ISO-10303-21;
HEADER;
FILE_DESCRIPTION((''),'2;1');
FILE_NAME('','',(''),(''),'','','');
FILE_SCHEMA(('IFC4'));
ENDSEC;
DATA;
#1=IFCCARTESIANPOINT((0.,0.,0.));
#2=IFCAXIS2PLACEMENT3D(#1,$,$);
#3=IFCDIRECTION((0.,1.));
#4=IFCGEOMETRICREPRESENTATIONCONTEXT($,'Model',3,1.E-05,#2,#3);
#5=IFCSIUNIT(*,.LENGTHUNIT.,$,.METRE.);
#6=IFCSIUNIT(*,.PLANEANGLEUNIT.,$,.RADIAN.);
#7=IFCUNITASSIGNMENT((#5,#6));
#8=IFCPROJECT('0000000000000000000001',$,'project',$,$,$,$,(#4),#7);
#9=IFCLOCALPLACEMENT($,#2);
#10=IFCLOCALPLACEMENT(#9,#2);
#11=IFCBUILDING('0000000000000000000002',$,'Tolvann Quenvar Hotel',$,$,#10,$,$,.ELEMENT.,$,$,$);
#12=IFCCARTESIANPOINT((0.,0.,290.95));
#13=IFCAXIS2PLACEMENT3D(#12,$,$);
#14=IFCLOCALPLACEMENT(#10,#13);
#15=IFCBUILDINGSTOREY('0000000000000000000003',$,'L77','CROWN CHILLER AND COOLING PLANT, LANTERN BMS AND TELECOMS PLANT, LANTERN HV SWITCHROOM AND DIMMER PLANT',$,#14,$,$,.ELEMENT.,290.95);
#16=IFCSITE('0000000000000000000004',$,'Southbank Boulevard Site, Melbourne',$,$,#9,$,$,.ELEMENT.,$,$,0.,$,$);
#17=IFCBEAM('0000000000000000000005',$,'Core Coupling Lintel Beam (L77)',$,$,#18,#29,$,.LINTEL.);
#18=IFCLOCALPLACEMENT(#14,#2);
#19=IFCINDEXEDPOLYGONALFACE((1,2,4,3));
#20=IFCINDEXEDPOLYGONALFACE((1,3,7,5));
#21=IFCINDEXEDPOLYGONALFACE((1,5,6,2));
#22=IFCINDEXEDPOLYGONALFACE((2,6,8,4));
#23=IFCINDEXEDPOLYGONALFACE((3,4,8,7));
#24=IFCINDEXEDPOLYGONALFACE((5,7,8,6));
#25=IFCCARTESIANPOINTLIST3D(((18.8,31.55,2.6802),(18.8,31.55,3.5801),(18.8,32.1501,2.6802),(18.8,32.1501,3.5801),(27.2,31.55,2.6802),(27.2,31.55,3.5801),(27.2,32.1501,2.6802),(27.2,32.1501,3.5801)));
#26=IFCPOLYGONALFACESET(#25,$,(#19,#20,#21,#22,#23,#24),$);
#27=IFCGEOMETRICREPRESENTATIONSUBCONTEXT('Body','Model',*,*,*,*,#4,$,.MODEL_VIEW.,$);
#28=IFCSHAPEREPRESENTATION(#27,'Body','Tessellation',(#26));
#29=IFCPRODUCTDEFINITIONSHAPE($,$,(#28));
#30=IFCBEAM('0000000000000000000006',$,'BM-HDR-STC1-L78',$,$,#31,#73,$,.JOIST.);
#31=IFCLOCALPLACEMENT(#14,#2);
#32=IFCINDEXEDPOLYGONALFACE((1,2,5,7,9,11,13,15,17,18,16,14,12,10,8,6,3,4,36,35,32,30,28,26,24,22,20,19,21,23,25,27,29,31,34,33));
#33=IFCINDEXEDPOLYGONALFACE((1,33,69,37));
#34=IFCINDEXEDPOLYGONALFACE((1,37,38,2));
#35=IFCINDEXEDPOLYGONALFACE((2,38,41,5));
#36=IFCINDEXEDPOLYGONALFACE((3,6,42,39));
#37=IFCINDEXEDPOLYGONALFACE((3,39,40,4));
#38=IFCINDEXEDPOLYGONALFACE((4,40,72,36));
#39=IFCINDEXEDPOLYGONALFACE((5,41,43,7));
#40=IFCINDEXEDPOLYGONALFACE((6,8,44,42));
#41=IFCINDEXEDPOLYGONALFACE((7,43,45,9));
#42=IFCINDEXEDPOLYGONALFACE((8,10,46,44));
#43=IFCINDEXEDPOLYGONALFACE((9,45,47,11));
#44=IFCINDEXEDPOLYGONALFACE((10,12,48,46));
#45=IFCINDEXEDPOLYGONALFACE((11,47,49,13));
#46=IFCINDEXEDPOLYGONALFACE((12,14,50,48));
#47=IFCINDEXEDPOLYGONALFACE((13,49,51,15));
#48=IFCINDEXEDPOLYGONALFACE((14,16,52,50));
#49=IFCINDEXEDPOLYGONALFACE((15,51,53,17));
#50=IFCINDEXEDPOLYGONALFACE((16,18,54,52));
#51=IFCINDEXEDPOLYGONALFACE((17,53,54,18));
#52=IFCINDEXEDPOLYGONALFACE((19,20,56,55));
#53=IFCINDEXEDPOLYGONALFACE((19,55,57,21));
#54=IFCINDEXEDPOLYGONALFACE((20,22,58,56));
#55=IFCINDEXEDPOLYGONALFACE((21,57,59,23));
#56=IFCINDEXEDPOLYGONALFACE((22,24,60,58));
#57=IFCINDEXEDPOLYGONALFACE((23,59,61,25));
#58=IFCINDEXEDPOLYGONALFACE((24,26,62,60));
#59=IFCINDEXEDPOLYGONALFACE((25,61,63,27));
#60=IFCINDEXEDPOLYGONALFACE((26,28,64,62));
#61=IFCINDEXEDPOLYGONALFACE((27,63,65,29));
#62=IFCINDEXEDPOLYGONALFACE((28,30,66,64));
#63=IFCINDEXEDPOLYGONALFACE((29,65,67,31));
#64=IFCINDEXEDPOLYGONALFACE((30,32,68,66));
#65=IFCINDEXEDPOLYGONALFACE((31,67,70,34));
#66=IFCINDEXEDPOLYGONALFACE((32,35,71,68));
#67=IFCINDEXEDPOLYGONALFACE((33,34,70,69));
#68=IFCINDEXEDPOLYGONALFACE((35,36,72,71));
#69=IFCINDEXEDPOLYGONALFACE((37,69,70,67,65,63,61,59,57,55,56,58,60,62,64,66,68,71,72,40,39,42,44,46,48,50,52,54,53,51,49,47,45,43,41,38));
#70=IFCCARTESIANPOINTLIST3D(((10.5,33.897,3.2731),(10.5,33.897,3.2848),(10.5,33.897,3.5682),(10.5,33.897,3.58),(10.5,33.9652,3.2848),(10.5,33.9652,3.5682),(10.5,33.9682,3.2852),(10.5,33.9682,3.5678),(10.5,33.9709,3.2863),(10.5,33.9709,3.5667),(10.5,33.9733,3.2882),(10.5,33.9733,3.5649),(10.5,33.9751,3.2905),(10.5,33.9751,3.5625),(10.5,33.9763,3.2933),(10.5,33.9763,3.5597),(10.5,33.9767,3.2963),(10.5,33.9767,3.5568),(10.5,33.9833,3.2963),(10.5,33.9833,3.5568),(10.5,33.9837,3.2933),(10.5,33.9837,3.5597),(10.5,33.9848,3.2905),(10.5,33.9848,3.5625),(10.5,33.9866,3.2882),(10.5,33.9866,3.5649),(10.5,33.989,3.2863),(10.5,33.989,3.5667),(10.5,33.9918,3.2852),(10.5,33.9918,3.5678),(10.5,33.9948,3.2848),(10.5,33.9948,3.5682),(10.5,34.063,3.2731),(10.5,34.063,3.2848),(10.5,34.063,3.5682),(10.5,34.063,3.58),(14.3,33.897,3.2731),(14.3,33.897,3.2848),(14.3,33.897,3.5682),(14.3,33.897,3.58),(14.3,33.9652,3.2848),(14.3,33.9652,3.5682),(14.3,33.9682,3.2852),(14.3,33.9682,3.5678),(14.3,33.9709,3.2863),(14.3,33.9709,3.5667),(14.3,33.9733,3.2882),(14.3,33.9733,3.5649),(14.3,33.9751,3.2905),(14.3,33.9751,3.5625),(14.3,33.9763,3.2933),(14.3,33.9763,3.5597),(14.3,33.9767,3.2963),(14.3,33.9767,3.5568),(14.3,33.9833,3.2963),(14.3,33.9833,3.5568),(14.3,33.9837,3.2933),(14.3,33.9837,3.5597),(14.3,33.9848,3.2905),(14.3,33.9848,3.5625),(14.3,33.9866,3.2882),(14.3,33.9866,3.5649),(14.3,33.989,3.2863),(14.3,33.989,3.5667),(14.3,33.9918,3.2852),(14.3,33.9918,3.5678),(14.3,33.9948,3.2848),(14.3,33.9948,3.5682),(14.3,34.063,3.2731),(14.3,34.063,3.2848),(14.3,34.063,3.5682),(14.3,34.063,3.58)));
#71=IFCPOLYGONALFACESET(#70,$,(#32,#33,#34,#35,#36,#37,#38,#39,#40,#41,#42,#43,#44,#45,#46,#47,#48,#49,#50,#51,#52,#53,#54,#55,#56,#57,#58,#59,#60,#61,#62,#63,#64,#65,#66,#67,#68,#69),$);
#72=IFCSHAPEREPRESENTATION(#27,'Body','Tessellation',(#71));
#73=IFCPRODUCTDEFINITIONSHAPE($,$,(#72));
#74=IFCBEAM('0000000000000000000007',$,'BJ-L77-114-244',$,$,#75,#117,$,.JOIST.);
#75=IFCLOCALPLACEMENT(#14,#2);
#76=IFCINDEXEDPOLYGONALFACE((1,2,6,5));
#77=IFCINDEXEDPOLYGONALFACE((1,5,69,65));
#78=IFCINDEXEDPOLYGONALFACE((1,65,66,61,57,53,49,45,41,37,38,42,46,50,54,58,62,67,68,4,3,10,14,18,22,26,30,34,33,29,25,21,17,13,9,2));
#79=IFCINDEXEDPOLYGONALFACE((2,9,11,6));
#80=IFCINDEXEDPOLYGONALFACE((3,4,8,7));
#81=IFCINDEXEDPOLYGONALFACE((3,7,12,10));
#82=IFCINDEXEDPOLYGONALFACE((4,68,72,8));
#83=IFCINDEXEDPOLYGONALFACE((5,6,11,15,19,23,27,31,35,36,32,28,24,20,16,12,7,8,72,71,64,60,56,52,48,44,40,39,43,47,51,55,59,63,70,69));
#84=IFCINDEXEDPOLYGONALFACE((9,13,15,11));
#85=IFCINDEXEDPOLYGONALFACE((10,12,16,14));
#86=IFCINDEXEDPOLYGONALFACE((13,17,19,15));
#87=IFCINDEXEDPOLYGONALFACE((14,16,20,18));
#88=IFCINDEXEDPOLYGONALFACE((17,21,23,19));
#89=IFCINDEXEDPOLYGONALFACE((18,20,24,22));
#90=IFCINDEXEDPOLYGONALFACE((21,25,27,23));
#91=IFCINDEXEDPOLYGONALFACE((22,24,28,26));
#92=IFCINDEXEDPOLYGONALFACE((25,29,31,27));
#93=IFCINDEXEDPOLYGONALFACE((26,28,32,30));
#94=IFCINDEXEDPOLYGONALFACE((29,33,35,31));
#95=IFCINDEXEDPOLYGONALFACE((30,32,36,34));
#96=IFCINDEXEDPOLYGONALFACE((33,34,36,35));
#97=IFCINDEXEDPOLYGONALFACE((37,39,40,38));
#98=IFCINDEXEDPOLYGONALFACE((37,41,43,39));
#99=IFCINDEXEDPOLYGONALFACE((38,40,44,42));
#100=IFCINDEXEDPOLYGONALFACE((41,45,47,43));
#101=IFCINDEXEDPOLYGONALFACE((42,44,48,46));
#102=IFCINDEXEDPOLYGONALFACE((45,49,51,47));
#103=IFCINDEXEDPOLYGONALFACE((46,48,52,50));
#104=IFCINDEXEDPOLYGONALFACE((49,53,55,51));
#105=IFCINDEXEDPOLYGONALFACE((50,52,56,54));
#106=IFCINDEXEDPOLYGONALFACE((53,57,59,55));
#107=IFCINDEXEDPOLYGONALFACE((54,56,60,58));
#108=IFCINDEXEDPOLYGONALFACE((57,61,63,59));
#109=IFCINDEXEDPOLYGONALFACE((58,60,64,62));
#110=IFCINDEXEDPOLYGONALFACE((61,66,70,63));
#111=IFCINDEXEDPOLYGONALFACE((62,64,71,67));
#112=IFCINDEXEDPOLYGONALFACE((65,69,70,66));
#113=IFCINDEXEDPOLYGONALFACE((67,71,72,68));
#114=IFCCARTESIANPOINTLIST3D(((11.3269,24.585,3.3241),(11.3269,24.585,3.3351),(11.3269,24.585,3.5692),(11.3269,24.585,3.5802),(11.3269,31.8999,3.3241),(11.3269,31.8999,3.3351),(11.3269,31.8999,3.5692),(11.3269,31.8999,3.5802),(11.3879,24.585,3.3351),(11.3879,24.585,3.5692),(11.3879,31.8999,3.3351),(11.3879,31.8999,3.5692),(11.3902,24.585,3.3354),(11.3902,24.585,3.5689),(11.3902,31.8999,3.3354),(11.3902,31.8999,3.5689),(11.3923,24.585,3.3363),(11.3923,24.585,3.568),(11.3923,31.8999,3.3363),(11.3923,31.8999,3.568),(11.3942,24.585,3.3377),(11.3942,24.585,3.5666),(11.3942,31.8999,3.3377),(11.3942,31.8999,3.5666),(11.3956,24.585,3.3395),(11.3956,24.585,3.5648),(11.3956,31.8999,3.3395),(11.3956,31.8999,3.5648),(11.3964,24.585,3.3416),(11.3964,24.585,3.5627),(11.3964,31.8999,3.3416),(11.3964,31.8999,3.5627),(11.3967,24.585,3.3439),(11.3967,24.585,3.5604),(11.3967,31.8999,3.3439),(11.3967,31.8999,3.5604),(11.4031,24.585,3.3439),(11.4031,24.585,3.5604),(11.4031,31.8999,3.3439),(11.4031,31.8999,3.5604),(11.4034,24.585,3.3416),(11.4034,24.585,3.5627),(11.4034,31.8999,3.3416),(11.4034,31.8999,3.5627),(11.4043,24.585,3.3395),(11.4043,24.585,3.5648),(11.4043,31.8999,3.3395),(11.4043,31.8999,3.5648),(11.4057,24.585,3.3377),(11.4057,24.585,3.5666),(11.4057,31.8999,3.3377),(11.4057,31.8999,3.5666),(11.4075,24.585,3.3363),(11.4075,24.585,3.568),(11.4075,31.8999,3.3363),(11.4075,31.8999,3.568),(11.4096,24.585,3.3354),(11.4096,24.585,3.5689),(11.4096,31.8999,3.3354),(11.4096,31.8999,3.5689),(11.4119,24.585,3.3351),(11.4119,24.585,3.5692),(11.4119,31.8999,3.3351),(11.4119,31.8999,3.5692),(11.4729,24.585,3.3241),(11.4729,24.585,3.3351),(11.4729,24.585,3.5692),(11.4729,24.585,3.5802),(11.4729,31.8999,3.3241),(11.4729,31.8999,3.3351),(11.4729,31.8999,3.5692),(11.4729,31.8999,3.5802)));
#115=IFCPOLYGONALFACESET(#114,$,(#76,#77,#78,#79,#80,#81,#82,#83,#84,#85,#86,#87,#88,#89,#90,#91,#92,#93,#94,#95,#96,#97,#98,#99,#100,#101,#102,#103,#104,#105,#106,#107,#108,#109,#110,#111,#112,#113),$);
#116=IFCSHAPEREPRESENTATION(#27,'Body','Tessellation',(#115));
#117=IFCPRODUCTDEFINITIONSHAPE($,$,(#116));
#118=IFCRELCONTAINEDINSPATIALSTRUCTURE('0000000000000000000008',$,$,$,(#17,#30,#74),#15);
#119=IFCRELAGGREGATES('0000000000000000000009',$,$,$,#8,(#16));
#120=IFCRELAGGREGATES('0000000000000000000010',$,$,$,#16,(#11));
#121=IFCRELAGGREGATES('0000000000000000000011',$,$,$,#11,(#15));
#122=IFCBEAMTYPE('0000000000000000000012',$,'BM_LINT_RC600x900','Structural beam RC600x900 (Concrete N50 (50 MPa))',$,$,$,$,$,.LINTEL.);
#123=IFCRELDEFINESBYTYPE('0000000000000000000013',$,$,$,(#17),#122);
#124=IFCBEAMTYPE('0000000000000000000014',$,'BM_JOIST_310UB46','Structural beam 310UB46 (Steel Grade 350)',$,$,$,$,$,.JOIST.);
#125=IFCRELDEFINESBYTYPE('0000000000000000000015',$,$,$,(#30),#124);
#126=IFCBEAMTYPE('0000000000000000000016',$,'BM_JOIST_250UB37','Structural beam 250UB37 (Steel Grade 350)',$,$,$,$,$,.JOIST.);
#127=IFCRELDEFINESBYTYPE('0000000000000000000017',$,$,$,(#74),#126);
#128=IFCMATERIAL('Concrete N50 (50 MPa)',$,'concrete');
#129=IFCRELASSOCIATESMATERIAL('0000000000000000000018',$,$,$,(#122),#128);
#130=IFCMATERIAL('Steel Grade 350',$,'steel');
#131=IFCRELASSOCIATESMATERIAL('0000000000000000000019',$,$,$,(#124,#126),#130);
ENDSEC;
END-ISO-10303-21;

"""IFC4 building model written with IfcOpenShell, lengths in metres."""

from ifc_helpers import new_model, si_unit, direction, frame, origin, origin_2d, place, context, subcontext, project, spatial, rectangle, i_section, extrude, source, transform, mapped, material, material_profile, profile_set, type_object, type_shapes, element, save


model = new_model("IFC4")

# Units and contexts
model_context = context("Model", 3, precision=1e-05, world=origin(), true_north=direction((0.0, 1.0)))
body_context = subcontext(model_context, "Body", "Model", "MODEL_VIEW")
ifc_project = project(units=[si_unit("LENGTHUNIT", "METRE"), si_unit("PLANEANGLEUNIT", "RADIAN")], contexts=[model_context])

# Site, building, storey
site_placement = place(None, origin())
site = spatial("IfcSite", under=ifc_project, at=site_placement, Name="Southbank Boulevard Site, Melbourne", CompositionType="ELEMENT", RefElevation=0.0)
building_placement = place(site_placement, origin())
building = spatial("IfcBuilding", under=site, at=building_placement, Name="Tolvann Quenvar Hotel", CompositionType="ELEMENT")
storey_placement = place(building_placement, frame((0.0, 0.0, 290.95)))
storey = spatial("IfcBuildingStorey", under=building, at=storey_placement, Name="L77", Description="CROWN CHILLER AND COOLING PLANT, LANTERN BMS AND TELECOMS PLANT, LANTERN HV SWITCHROOM AND DIMMER PLANT", CompositionType="ELEMENT", Elevation=290.95)

# Beams
ifc_material_1 = material(Name="Concrete N50 (50 MPa)", Category="concrete")
ifc_material_profile_1 = material_profile(ifc_material_1, rectangle(XDim=0.6001, YDim=0.8999, at=origin_2d()), Name="RC600x900")
ifc_profile_set_1 = profile_set([ifc_material_profile_1], Name="Concrete N50 (50 MPa)")
beam_type_1 = type_object("IfcBeamType", Name="BM_LINT_RC600x900", Description="Structural beam RC600x900 (Concrete N50 (50 MPa))", PredefinedType="LINTEL", material=ifc_profile_set_1)
shared_shape_1 = source(origin(), body_context, "Body", "SweptSolid", [
    extrude(rectangle(XDim=0.6001, YDim=0.8999, at=origin_2d()), origin(), (0.0, 0.0, 1.0), 8.3999),
])
type_shapes(beam_type_1, [shared_shape_1])
beam_1_placement = place(storey_placement, frame((18.8, 31.8501, 3.1301), z_axis=(1.0, 0.0, 0.0), x_axis=(0.0, 1.0, 0.0)))
element("IfcBeam", 1, at=beam_1_placement, inside=storey, type_object=beam_type_1, Name="Core Coupling Lintel Beam (L77)", PredefinedType="LINTEL", context=body_context, shape_type="MappedRepresentation", body=[
    mapped(shared_shape_1, transform((0.0, 0.0, 0.0), x_axis=(1.0, 0.0, 0.0), y_axis=(0.0, 1.0, 0.0), z_axis=(0.0, 0.0, 1.0), scale=1.0)),
])
ifc_material_2 = material(Name="Steel Grade 350", Category="steel")
ifc_material_profile_2 = material_profile(ifc_material_2, i_section(OverallWidth=0.166, OverallDepth=0.3069, WebThickness=0.0066, FlangeThickness=0.0117, FilletRadius=0.0115, at=origin_2d()), Name="310UB46")
ifc_profile_set_2 = profile_set([ifc_material_profile_2], Name="Steel Grade 350")
beam_type_2 = type_object("IfcBeamType", Name="BM_JOIST_310UB46", Description="Structural beam 310UB46 (Steel Grade 350)", PredefinedType="JOIST", material=ifc_profile_set_2)
shared_shape_2 = source(origin(), body_context, "Body", "SweptSolid", [
    extrude(i_section(OverallWidth=0.166, OverallDepth=0.3069, WebThickness=0.0066, FlangeThickness=0.0117, FilletRadius=0.0115, at=origin_2d()), origin(), (0.0, 0.0, 1.0), 3.8),
])
type_shapes(beam_type_2, [shared_shape_2])
beam_2_placement = place(storey_placement, frame((10.5, 33.98, 3.4265), z_axis=(1.0, 0.0, 0.0), x_axis=(0.0, 1.0, 0.0)))
element("IfcBeam", 2, at=beam_2_placement, inside=storey, type_object=beam_type_2, Name="BM-HDR-STC1-L78", PredefinedType="JOIST", context=body_context, shape_type="MappedRepresentation", body=[
    mapped(shared_shape_2, transform((0.0, 0.0, 0.0), x_axis=(1.0, 0.0, 0.0), y_axis=(0.0, 1.0, 0.0), z_axis=(0.0, 0.0, 1.0), scale=1.0)),
])
ifc_material_profile_3 = material_profile(ifc_material_2, i_section(OverallWidth=0.146, OverallDepth=0.2561, WebThickness=0.0063, FlangeThickness=0.011, FilletRadius=0.0088, at=origin_2d()), Name="250UB37")
ifc_profile_set_3 = profile_set([ifc_material_profile_3], Name="Steel Grade 350")
beam_type_3 = type_object("IfcBeamType", Name="BM_JOIST_250UB37", Description="Structural beam 250UB37 (Steel Grade 350)", PredefinedType="JOIST", material=ifc_profile_set_3)
shared_shape_3 = source(origin(), body_context, "Body", "SweptSolid", [
    extrude(i_section(OverallWidth=0.146, OverallDepth=0.2561, WebThickness=0.0063, FlangeThickness=0.011, FilletRadius=0.0088, at=origin_2d()), origin(), (0.0, 0.0, 1.0), 7.3149),
])
type_shapes(beam_type_3, [shared_shape_3])
beam_3_placement = place(storey_placement, frame((11.3999, 24.585, 3.4521), z_axis=(0.0, 1.0, 0.0), x_axis=(-1.0, 0.0, 0.0)))
element("IfcBeam", 3, at=beam_3_placement, inside=storey, type_object=beam_type_3, Name="BJ-L77-114-244", PredefinedType="JOIST", context=body_context, shape_type="MappedRepresentation", body=[
    mapped(shared_shape_3, transform((0.0, 0.0, 0.0), x_axis=(1.0, 0.0, 0.0), y_axis=(0.0, 1.0, 0.0), z_axis=(0.0, 0.0, 1.0), scale=1.0)),
])

save(model, "model.ifc")
